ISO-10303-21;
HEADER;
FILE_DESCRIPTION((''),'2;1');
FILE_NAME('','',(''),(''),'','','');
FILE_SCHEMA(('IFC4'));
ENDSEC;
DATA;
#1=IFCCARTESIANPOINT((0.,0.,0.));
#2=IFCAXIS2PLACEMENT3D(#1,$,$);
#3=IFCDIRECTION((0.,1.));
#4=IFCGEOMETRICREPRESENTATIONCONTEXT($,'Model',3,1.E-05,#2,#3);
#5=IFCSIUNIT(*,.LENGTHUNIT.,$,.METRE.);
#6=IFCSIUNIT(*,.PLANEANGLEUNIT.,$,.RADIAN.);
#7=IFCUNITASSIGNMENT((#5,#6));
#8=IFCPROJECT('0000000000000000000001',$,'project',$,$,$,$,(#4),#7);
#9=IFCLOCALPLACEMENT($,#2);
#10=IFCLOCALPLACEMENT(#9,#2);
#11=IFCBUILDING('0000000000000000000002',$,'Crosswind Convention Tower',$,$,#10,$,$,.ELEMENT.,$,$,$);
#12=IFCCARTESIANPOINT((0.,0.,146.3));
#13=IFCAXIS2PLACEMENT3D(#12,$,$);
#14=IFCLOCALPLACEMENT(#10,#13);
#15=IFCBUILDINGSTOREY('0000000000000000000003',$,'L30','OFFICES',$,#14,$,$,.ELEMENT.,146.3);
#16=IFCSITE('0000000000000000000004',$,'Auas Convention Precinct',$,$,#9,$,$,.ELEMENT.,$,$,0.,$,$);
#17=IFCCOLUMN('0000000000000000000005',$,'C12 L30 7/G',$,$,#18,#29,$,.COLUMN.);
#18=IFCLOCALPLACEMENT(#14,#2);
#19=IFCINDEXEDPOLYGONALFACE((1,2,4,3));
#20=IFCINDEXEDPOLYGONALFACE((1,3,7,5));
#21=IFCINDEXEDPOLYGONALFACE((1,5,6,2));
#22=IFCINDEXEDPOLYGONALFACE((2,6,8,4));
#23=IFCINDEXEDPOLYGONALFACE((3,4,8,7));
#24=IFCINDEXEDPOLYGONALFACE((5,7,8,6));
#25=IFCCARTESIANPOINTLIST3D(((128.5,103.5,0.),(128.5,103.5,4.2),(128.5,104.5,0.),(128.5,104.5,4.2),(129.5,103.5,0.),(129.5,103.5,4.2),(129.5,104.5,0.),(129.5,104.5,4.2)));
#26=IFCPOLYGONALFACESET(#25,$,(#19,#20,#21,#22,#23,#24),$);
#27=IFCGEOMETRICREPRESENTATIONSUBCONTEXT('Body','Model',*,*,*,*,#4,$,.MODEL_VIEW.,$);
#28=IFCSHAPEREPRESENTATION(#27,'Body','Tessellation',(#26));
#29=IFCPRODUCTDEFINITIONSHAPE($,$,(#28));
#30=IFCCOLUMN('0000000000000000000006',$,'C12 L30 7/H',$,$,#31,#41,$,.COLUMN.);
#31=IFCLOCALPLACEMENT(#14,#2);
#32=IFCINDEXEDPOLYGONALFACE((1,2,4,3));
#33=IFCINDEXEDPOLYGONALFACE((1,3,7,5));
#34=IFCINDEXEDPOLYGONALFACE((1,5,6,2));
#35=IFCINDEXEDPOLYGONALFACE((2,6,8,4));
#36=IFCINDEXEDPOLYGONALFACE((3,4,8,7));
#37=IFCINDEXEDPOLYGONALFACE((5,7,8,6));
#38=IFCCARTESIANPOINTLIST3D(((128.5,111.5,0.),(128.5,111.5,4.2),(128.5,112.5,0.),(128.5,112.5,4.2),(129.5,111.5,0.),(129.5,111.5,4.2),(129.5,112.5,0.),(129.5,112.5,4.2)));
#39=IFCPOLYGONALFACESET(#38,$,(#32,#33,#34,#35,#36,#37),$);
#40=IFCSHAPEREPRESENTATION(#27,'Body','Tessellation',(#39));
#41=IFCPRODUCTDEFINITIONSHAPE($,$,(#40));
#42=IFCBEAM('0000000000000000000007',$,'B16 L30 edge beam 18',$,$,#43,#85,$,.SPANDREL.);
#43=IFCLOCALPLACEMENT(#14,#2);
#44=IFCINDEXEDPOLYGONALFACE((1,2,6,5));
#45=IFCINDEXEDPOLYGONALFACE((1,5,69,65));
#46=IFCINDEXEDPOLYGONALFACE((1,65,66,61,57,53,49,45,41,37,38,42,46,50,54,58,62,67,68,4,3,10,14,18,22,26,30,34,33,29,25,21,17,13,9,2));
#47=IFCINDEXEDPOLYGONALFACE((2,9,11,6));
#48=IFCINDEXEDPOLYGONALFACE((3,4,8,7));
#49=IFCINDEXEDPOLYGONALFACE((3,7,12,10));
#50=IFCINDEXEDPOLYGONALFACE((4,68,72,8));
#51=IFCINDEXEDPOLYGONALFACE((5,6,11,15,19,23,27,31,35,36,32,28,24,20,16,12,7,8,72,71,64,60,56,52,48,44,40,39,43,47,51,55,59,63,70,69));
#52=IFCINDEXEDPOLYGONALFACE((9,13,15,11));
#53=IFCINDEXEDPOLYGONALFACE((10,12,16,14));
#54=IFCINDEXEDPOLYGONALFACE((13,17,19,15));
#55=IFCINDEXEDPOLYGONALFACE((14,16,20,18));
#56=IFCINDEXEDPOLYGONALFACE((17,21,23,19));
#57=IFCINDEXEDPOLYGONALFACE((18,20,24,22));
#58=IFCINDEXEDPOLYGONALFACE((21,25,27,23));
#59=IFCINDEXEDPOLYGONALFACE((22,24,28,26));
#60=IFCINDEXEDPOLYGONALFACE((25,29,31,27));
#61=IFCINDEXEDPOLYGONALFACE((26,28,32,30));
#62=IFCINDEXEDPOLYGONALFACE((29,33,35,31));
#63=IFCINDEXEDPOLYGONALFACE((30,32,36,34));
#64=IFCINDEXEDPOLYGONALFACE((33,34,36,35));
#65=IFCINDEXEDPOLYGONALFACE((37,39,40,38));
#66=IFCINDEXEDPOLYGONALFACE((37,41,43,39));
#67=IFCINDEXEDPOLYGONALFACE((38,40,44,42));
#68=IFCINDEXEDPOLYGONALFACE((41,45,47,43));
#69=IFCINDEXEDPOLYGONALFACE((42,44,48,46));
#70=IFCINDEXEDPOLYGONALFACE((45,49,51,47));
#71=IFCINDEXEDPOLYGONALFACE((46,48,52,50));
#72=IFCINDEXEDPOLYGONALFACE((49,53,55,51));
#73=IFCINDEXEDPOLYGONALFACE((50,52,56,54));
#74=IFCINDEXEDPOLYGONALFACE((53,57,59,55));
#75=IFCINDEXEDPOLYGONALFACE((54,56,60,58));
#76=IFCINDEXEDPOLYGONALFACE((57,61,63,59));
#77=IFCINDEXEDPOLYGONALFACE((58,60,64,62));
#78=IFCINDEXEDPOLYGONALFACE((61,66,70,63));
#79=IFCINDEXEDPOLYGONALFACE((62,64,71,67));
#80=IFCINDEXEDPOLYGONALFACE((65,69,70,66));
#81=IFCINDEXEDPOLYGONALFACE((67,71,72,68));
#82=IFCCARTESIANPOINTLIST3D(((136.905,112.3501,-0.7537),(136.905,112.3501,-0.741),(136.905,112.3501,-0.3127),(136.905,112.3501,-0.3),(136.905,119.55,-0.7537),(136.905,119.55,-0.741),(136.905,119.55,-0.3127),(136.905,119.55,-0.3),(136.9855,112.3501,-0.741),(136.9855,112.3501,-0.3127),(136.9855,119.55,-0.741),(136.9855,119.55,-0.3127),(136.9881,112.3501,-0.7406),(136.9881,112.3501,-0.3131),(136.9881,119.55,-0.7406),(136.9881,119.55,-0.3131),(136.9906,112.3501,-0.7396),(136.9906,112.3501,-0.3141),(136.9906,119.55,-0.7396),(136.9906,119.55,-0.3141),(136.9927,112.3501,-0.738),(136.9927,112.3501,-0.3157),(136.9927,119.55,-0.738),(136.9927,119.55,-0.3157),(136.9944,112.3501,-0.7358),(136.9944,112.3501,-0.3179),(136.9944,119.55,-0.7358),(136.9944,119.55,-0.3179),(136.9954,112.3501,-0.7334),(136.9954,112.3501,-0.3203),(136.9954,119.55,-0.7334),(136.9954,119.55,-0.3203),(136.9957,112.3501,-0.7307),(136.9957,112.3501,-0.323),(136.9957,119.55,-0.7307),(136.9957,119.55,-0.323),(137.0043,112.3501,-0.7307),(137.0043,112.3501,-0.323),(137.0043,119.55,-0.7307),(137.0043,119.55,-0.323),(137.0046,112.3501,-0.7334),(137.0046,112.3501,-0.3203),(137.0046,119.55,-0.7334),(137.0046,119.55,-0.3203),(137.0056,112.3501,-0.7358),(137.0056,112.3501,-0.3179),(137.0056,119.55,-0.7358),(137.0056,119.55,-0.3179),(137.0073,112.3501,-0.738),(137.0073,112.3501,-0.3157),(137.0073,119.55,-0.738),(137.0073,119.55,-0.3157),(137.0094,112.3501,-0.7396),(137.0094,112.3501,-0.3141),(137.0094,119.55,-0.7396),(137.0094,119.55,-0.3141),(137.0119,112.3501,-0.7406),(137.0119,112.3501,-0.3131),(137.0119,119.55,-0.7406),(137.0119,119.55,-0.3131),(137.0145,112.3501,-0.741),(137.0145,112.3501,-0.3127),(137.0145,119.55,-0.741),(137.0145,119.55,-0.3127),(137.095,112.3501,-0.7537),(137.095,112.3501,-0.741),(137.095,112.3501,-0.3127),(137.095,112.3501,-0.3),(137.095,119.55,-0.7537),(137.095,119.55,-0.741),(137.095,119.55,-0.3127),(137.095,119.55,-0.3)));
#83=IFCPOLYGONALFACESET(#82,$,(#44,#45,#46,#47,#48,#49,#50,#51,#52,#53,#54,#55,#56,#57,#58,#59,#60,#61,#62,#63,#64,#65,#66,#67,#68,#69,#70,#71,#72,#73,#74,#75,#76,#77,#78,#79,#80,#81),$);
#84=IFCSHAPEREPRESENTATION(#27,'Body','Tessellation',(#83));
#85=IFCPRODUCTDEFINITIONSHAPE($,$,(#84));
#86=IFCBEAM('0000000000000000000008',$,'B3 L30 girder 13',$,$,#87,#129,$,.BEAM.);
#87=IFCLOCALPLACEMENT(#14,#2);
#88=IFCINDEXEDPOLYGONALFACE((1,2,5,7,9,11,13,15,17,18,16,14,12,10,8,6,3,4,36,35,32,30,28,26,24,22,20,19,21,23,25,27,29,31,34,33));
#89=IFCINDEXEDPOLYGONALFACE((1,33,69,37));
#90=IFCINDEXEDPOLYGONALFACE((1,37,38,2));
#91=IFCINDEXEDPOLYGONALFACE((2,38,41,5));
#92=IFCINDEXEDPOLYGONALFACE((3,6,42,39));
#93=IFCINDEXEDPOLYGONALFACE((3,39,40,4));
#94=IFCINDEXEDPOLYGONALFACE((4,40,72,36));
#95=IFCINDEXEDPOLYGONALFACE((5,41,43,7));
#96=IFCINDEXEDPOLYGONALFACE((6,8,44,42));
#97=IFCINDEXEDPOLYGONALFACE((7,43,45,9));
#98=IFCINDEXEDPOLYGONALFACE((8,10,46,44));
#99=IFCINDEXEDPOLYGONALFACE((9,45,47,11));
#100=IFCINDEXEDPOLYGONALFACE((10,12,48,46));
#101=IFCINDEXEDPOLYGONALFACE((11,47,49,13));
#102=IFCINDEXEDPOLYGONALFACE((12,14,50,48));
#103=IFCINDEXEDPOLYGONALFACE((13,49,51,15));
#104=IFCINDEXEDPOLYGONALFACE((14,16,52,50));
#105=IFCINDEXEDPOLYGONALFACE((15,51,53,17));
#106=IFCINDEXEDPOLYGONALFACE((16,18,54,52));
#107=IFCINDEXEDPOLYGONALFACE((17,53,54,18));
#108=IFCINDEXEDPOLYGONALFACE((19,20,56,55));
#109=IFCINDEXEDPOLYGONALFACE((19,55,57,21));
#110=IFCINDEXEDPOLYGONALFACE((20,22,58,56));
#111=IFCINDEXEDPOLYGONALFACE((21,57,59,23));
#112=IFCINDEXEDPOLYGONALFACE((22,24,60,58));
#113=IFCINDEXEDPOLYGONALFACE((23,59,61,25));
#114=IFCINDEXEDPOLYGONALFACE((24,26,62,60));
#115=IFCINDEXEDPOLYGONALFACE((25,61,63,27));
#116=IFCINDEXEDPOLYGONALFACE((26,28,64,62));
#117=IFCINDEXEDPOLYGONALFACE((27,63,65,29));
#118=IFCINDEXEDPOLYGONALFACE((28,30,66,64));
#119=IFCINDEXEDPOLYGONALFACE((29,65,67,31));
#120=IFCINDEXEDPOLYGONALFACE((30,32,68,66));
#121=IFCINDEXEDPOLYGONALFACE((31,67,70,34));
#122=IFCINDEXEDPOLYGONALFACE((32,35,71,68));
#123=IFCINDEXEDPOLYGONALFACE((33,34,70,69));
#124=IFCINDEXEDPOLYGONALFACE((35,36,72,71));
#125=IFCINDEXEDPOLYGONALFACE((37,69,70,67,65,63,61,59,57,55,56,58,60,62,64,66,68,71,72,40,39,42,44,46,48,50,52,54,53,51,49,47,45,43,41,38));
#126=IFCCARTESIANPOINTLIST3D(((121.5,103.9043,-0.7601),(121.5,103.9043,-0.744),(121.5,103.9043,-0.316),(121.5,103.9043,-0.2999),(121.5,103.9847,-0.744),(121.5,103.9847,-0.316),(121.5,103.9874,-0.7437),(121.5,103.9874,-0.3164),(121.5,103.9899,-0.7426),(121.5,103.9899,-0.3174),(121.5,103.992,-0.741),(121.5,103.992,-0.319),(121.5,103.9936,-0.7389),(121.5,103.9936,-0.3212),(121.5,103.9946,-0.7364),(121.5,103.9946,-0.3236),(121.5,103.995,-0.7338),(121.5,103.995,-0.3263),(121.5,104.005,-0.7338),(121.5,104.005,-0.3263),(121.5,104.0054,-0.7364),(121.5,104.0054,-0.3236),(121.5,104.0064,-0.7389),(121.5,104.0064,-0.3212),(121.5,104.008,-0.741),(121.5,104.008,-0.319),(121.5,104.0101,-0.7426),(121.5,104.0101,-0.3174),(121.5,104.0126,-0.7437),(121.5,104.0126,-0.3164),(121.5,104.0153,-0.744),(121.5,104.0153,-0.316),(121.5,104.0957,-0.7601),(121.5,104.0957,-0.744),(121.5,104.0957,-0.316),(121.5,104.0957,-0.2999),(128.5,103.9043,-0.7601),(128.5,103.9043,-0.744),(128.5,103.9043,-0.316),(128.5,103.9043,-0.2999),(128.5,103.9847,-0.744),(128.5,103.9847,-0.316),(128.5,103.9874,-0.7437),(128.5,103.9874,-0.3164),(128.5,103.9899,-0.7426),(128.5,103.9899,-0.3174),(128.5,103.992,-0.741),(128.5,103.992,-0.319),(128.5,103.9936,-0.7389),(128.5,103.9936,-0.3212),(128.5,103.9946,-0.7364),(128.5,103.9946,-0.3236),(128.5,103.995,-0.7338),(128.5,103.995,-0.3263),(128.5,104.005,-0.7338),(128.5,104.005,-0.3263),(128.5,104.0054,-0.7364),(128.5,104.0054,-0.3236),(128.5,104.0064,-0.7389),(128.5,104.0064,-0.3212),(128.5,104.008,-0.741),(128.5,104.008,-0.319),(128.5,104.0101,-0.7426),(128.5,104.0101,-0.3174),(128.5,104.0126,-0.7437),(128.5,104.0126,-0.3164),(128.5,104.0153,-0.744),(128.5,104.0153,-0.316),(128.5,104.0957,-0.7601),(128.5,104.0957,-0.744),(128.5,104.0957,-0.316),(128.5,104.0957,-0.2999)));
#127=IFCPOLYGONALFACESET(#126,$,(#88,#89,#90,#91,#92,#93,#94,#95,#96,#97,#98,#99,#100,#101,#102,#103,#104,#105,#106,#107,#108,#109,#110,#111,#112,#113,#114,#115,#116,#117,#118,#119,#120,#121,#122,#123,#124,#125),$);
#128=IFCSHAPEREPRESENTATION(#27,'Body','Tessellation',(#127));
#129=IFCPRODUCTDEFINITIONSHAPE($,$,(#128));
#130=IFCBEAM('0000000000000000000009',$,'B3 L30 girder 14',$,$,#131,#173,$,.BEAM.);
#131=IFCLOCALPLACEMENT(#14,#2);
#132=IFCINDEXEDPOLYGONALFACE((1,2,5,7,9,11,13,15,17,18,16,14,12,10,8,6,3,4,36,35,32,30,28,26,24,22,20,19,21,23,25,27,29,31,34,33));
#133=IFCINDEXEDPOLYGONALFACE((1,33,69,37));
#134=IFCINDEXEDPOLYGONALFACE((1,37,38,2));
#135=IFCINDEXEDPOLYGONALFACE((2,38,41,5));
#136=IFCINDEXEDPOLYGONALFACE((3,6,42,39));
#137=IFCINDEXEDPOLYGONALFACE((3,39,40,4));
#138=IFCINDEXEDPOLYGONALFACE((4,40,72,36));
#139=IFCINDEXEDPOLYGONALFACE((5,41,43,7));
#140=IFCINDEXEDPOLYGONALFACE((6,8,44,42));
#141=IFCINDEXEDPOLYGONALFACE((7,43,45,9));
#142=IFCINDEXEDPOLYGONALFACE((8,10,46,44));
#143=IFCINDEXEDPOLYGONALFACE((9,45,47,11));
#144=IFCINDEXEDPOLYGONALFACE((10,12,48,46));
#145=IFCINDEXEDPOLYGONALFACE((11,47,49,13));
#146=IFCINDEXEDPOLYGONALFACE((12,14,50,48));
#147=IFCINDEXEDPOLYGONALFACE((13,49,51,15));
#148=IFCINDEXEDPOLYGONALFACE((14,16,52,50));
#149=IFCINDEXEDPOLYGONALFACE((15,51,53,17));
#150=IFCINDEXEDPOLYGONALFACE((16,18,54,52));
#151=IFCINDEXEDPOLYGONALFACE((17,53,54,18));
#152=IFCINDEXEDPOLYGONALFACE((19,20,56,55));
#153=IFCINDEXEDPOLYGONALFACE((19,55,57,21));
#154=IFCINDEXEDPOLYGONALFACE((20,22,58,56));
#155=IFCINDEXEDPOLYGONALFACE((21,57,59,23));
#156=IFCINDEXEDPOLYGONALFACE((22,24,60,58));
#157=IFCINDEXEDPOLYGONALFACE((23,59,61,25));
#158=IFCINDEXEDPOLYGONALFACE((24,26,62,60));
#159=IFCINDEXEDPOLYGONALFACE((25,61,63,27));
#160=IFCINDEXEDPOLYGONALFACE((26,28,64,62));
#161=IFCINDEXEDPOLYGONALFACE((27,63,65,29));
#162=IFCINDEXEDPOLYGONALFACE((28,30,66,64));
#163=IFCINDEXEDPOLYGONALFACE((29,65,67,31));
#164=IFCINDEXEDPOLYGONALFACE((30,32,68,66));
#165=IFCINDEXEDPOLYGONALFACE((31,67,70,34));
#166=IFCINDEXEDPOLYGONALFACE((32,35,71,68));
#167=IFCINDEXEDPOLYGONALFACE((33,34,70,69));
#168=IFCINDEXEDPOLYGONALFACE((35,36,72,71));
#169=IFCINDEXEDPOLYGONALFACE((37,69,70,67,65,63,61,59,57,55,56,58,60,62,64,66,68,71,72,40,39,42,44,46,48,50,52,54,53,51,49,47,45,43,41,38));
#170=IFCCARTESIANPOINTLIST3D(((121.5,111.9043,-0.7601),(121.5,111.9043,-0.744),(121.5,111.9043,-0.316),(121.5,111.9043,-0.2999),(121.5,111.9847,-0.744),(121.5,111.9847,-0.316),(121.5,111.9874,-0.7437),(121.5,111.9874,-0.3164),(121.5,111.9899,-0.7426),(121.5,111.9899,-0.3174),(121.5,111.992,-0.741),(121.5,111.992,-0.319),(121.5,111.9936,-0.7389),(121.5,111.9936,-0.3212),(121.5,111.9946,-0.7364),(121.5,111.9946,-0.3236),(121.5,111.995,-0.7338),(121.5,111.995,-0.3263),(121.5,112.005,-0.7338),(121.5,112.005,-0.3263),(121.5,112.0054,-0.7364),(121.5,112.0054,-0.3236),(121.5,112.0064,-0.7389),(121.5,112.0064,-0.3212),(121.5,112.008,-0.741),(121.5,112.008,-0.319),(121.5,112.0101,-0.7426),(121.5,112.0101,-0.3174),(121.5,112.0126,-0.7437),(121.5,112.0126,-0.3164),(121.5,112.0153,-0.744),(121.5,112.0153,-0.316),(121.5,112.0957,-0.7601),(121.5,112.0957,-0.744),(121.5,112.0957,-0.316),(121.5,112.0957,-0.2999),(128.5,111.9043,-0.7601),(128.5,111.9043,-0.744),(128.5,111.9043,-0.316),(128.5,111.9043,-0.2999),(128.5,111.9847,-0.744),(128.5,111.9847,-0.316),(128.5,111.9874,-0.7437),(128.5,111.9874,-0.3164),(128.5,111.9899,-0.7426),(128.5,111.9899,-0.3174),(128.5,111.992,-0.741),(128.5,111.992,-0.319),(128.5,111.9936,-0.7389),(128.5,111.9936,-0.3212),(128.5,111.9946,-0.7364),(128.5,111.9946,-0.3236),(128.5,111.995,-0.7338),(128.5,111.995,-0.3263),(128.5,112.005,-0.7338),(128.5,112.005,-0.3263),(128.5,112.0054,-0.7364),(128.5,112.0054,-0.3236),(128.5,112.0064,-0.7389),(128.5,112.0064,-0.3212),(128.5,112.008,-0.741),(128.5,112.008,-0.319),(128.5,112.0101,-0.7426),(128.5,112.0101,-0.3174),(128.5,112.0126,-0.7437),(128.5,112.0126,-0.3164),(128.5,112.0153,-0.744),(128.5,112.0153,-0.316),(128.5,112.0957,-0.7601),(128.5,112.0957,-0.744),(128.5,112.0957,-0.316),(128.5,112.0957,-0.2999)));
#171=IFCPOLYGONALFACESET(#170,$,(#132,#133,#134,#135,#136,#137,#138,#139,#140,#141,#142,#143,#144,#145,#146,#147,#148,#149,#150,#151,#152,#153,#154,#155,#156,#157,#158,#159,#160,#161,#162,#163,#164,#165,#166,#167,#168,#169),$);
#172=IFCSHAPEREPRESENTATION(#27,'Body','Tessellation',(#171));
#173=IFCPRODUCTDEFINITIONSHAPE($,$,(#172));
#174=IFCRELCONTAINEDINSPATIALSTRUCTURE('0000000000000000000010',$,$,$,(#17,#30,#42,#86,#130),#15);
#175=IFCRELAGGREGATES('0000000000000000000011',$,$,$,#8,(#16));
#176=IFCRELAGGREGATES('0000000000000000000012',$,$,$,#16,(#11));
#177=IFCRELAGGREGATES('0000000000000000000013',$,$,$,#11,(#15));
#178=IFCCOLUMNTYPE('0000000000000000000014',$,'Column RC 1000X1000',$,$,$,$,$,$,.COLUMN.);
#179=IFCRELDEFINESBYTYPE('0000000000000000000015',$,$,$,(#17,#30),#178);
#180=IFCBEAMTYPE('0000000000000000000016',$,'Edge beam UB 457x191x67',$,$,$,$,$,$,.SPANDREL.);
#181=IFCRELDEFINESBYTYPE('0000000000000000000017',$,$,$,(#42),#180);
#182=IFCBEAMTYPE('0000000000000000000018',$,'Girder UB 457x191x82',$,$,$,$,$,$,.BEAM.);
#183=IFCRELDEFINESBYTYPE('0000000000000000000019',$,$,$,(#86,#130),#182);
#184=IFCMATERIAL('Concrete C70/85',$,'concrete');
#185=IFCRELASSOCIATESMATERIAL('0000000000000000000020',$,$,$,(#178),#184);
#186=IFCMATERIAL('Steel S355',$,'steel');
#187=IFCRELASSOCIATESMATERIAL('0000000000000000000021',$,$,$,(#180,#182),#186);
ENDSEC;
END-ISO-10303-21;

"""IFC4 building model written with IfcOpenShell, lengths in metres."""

from ifc_helpers import new_model, si_unit, direction, frame, origin, origin_2d, place, context, subcontext, project, spatial, rectangle, i_section, extrude, material, material_profile, profile_set, type_object, element, save


model = new_model("IFC4")

# Units and contexts
model_context = context("Model", 3, precision=1e-05, world=origin(), true_north=direction((0.0, 1.0)))
body_context = subcontext(model_context, "Body", "Model", "MODEL_VIEW")
ifc_project = project(units=[si_unit("LENGTHUNIT", "METRE"), si_unit("PLANEANGLEUNIT", "RADIAN")], contexts=[model_context])

# Site, building, storey
site_placement = place(None, origin())
site = spatial("IfcSite", under=ifc_project, at=site_placement, Name="Auas Convention Precinct", CompositionType="ELEMENT", RefElevation=0.0)
building_placement = place(site_placement, origin())
building = spatial("IfcBuilding", under=site, at=building_placement, Name="Crosswind Convention Tower", CompositionType="ELEMENT")
storey_placement = place(building_placement, frame((0.0, 0.0, 146.3)))
storey = spatial("IfcBuildingStorey", under=building, at=storey_placement, Name="L30", Description="OFFICES", CompositionType="ELEMENT", Elevation=146.3)

# Columns
ifc_material_1 = material(Name="Concrete C70/85", Category="concrete")
ifc_material_profile_1 = material_profile(ifc_material_1, rectangle(XDim=1.0, YDim=1.0, at=origin_2d()), Name="RC 1000X1000")
ifc_profile_set_1 = profile_set([ifc_material_profile_1], Name="Concrete C70/85")
column_type = type_object("IfcColumnType", Name="Column RC 1000X1000", PredefinedType="COLUMN", material=ifc_profile_set_1)
for number, where, z_axis, x_axis, name in (
    (1, (129.0, 104.0, 0.0), (0.0, 0.0, 1.0), (1.0, 0.0, 0.0), "C12 L30 7/G"),
    (2, (129.0, 112.0, 0.0), (0.0, 0.0, 1.0), (1.0, 0.0, 0.0), "C12 L30 7/H"),
):
    element("IfcColumn", number, at=place(storey_placement, frame(where, z_axis=z_axis, x_axis=x_axis)), inside=storey, type_object=column_type, Name=name, PredefinedType="COLUMN", context=body_context, shape_type="SweptSolid", body=[
        extrude(rectangle(XDim=1.0, YDim=1.0, at=origin_2d()), origin(), (0.0, 0.0, 1.0), 4.2),
    ])

# Beams
ifc_material_2 = material(Name="Steel S355", Category="steel")
ifc_material_profile_2 = material_profile(ifc_material_2, i_section(OverallWidth=0.1899, OverallDepth=0.4536, WebThickness=0.0085, FlangeThickness=0.0127, FilletRadius=0.0103, at=origin_2d()), Name="UB 457x191x67")
ifc_profile_set_2 = profile_set([ifc_material_profile_2], Name="Steel S355")
beam_type_1 = type_object("IfcBeamType", Name="Edge beam UB 457x191x67", PredefinedType="SPANDREL", material=ifc_profile_set_2)
beam_placement = place(storey_placement, frame((137.0, 112.3501, -0.5269), z_axis=(0.0, 1.0, 0.0), x_axis=(-1.0, 0.0, 0.0)))
element("IfcBeam", 3, at=beam_placement, inside=storey, type_object=beam_type_1, Name="B16 L30 edge beam 18", PredefinedType="SPANDREL", context=body_context, shape_type="SweptSolid", body=[
    extrude(i_section(OverallWidth=0.1899, OverallDepth=0.4536, WebThickness=0.0085, FlangeThickness=0.0127, FilletRadius=0.0103, at=origin_2d()), origin(), (0.0, 0.0, 1.0), 7.2),
])
ifc_material_profile_3 = material_profile(ifc_material_2, i_section(OverallWidth=0.1914, OverallDepth=0.4602, WebThickness=0.01, FlangeThickness=0.0161, FilletRadius=0.0103, at=origin_2d()), Name="UB 457x191x82")
ifc_profile_set_3 = profile_set([ifc_material_profile_3], Name="Steel S355")
beam_type_2 = type_object("IfcBeamType", Name="Girder UB 457x191x82", PredefinedType="BEAM", material=ifc_profile_set_3)
for number, where, z_axis, x_axis, name in (
    (4, (121.5, 104.0, -0.53), (1.0, 0.0, 0.0), (0.0, 1.0, 0.0), "B3 L30 girder 13"),
    (5, (121.5, 112.0, -0.53), (1.0, 0.0, 0.0), (0.0, 1.0, 0.0), "B3 L30 girder 14"),
):
    element("IfcBeam", number, at=place(storey_placement, frame(where, z_axis=z_axis, x_axis=x_axis)), inside=storey, type_object=beam_type_2, Name=name, PredefinedType="BEAM", context=body_context, shape_type="SweptSolid", body=[
        extrude(i_section(OverallWidth=0.1914, OverallDepth=0.4602, WebThickness=0.01, FlangeThickness=0.0161, FilletRadius=0.0103, at=origin_2d()), origin(), (0.0, 0.0, 1.0), 7.0),
    ])

save(model, "model.ifc")
